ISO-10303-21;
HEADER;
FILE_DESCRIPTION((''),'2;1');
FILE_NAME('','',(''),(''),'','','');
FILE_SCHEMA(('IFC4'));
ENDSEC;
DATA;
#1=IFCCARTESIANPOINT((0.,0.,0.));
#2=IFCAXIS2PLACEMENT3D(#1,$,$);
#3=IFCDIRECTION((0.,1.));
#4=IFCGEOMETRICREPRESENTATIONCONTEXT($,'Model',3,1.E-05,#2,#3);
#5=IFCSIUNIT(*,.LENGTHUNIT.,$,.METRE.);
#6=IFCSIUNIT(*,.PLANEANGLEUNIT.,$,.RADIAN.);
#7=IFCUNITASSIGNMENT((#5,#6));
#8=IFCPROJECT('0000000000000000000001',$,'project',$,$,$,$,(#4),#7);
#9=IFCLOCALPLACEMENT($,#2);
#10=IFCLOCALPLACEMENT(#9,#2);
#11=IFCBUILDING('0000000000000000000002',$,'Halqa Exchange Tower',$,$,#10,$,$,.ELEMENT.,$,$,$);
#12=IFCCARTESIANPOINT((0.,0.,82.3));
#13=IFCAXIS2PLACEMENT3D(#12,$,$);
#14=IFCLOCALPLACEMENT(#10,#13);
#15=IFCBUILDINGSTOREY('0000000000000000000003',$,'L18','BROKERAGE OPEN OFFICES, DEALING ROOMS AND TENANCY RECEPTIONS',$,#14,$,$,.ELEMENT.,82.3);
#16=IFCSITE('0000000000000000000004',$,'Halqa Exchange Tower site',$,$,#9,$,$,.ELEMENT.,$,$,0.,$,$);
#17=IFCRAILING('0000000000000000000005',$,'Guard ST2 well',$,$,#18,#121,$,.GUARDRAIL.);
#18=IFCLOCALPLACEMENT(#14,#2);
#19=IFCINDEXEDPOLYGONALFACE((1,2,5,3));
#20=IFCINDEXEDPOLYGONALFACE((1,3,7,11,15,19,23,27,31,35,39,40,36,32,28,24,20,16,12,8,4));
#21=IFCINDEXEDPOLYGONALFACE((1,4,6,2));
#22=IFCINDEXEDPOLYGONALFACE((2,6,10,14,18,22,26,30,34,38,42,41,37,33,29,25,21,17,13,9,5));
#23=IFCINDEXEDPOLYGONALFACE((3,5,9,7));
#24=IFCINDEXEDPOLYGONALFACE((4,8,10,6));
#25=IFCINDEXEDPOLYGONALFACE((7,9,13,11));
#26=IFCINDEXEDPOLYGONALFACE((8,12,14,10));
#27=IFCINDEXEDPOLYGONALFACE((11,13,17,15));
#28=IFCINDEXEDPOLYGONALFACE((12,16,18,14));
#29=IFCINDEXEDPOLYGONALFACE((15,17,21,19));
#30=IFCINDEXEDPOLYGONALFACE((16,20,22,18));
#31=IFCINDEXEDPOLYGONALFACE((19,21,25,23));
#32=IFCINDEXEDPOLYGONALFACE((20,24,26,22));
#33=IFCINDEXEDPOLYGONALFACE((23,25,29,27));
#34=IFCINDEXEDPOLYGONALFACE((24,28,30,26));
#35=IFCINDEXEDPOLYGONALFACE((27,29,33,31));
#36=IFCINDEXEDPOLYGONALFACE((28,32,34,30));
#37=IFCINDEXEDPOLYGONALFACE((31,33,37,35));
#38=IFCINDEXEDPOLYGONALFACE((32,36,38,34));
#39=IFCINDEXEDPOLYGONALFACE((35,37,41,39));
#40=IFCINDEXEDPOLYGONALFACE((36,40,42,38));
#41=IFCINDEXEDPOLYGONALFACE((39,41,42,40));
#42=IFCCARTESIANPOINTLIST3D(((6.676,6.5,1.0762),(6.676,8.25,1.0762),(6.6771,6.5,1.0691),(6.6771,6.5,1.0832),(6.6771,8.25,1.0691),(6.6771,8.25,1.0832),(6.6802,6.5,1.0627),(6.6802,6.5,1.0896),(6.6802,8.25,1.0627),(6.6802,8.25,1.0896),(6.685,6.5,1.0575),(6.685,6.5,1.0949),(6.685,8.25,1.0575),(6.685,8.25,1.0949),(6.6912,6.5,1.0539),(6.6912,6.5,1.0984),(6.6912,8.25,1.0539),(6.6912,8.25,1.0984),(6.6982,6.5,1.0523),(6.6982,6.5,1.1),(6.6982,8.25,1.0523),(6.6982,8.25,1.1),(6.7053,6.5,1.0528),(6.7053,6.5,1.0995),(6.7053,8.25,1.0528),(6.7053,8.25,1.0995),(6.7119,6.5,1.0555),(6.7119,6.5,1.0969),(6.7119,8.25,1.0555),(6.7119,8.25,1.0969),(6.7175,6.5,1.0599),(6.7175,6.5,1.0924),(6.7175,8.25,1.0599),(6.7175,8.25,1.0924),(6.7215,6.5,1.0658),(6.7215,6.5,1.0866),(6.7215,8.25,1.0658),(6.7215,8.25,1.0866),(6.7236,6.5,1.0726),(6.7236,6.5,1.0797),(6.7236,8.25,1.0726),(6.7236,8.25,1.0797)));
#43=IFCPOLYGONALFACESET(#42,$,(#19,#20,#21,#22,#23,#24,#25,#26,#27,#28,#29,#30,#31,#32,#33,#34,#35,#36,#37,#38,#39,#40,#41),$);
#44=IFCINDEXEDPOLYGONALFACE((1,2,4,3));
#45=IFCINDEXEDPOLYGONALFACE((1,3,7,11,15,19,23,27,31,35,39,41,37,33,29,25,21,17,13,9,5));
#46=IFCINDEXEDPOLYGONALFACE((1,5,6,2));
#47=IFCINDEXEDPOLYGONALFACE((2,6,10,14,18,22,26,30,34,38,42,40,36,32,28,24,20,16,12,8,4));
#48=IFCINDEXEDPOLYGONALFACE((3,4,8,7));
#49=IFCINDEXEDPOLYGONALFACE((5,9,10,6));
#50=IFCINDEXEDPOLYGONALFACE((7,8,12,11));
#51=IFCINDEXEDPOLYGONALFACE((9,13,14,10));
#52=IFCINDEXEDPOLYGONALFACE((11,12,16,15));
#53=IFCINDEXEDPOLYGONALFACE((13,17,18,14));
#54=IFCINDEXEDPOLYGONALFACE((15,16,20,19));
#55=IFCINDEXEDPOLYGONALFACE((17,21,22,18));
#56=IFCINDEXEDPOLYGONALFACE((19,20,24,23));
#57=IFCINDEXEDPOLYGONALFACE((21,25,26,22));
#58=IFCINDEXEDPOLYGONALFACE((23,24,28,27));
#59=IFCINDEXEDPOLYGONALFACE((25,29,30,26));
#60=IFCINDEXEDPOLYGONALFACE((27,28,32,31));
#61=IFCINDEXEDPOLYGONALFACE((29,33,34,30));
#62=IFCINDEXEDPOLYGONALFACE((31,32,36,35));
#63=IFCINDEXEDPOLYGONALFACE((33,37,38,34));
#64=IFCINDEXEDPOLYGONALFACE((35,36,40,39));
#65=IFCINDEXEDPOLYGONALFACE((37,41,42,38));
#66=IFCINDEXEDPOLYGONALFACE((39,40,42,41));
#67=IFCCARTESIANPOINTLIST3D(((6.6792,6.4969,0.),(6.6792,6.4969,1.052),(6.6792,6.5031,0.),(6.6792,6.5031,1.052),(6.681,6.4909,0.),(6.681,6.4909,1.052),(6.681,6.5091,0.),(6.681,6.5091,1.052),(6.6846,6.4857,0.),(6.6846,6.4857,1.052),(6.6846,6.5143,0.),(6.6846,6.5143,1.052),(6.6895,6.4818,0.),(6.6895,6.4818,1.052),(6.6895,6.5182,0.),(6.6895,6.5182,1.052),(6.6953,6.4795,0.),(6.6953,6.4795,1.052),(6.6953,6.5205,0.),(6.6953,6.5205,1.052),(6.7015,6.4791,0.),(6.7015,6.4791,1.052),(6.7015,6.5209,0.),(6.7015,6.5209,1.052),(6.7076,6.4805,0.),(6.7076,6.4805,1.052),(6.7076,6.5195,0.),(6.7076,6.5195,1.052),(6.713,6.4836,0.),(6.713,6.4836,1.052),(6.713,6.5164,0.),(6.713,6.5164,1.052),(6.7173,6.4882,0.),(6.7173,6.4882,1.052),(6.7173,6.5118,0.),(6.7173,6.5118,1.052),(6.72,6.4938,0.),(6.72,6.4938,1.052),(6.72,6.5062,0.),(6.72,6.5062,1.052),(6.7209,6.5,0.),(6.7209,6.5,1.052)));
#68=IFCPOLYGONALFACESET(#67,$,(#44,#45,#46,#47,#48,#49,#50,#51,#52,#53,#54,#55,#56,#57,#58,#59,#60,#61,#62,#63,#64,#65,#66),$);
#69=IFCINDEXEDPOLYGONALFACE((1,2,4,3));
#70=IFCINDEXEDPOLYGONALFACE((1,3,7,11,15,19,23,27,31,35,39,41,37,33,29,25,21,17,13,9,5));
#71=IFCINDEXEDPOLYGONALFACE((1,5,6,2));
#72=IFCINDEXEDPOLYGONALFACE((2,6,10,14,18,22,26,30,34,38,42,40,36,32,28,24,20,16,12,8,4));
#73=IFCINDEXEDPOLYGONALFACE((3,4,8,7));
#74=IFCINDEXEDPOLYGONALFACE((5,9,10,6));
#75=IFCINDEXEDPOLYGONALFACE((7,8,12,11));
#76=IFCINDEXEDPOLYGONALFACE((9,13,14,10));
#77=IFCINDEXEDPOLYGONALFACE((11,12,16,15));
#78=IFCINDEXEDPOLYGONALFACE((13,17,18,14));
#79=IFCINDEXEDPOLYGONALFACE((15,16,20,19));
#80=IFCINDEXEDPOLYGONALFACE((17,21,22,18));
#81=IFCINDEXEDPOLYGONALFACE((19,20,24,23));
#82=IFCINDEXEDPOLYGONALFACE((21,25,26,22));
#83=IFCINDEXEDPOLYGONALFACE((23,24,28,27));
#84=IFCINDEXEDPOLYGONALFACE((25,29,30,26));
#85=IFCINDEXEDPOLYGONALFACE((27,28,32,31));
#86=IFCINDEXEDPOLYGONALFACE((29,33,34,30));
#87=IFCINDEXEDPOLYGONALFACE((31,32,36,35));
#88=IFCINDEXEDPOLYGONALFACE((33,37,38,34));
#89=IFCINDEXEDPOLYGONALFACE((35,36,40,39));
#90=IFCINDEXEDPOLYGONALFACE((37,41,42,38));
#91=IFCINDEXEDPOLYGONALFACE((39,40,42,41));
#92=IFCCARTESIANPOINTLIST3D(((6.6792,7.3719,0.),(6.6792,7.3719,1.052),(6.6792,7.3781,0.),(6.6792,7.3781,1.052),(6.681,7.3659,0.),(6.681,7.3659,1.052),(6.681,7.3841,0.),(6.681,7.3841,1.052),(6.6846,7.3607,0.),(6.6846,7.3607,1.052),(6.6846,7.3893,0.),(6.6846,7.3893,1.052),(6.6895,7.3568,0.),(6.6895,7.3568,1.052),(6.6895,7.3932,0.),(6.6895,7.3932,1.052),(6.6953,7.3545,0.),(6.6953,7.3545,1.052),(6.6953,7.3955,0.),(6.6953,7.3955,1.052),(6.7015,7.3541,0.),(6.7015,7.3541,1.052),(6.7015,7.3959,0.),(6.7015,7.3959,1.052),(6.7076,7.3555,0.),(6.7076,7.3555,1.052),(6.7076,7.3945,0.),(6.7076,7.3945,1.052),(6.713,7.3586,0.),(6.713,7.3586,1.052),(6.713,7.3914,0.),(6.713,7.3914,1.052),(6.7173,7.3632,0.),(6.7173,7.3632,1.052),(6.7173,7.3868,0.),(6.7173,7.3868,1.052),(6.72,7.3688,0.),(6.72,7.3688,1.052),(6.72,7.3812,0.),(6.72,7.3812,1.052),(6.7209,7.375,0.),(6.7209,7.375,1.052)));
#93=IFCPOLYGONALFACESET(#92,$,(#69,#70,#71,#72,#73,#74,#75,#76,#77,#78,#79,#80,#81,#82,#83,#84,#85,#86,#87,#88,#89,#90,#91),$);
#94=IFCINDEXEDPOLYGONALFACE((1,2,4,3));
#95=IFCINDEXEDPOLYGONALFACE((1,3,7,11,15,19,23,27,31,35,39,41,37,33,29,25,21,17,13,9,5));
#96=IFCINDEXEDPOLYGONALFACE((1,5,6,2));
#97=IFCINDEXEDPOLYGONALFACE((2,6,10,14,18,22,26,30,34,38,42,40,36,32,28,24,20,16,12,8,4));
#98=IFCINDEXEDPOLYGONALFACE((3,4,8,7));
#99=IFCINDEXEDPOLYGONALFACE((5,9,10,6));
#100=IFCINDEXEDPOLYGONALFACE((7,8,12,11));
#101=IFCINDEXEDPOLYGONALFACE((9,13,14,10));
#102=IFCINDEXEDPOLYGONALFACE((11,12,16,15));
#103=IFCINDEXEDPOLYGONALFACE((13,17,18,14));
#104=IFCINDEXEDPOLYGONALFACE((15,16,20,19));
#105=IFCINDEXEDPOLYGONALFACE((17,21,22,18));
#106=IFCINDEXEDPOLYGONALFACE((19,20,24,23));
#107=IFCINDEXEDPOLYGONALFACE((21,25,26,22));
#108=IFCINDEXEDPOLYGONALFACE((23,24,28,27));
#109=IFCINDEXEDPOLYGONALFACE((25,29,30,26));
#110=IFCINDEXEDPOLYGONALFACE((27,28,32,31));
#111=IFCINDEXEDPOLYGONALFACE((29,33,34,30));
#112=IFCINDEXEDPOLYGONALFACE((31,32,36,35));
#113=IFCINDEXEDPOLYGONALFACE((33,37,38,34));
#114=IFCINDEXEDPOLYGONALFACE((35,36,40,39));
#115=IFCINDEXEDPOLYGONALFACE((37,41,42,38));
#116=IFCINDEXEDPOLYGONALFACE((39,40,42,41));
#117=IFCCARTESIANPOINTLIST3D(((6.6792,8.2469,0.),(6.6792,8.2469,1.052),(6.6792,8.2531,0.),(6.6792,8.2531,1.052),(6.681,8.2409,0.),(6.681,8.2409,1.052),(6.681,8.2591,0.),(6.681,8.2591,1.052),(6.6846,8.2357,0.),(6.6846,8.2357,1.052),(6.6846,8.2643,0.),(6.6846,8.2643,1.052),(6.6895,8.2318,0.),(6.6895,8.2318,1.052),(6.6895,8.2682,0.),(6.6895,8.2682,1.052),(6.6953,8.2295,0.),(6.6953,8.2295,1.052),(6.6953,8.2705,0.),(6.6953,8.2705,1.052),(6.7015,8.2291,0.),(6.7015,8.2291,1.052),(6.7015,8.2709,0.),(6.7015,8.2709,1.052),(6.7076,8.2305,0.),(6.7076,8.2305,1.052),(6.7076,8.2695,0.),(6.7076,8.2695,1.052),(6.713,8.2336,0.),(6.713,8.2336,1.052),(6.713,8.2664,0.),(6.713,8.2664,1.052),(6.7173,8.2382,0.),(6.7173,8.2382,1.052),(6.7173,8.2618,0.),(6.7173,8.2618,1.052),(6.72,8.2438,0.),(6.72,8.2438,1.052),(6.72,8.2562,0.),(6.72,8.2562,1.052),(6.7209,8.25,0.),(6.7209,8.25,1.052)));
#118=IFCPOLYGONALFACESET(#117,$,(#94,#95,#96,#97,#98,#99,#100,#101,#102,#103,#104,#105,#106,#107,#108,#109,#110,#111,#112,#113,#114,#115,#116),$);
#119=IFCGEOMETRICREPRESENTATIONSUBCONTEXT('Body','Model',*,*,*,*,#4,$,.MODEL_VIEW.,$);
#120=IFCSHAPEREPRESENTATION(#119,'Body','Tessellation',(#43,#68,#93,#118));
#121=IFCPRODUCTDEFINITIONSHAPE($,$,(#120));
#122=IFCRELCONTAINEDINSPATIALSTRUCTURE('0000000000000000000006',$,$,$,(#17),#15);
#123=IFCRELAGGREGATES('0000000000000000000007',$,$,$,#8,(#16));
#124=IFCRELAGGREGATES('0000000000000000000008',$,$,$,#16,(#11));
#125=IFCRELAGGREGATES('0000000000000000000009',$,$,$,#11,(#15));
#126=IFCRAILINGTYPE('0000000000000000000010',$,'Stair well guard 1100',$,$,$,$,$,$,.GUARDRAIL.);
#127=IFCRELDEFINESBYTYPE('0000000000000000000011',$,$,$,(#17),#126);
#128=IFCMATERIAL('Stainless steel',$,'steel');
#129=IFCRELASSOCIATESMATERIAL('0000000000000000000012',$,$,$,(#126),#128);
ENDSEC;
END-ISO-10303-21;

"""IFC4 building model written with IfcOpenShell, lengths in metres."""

from ifc_helpers import new_model, si_unit, direction, frame, origin, origin_2d, place, context, subcontext, project, spatial, circle, extrude, material, type_object, element, save


model = new_model("IFC4")

# Units and contexts
model_context = context("Model", 3, precision=1e-05, world=origin(), true_north=direction((0.0, 1.0)))
body_context = subcontext(model_context, "Body", "Model", "MODEL_VIEW")
ifc_project = project(units=[si_unit("LENGTHUNIT", "METRE"), si_unit("PLANEANGLEUNIT", "RADIAN")], contexts=[model_context])

# Site, building, storey
site_placement = place(None, origin())
site = spatial("IfcSite", under=ifc_project, at=site_placement, Name="Halqa Exchange Tower site", CompositionType="ELEMENT", RefElevation=0.0)
building_placement = place(site_placement, origin())
building = spatial("IfcBuilding", under=site, at=building_placement, Name="Halqa Exchange Tower", CompositionType="ELEMENT")
storey_placement = place(building_placement, frame((0.0, 0.0, 82.3)))
storey = spatial("IfcBuildingStorey", under=building, at=storey_placement, Name="L18", Description="BROKERAGE OPEN OFFICES, DEALING ROOMS AND TENANCY RECEPTIONS", CompositionType="ELEMENT", Elevation=82.3)

# Railing
ifc_material_1 = material(Name="Stainless steel", Category="steel")
railing_type_1 = type_object("IfcRailingType", Name="Stair well guard 1100", PredefinedType="GUARDRAIL", material=ifc_material_1)
railing_1_placement = place(storey_placement, frame((6.7, 6.5, 0.0)))
element("IfcRailing", 1, at=railing_1_placement, inside=storey, type_object=railing_type_1, Name="Guard ST2 well", PredefinedType="GUARDRAIL", context=body_context, shape_type="SweptSolid", body=[
    extrude(circle(Radius=0.0239, at=origin_2d()), frame((0.0, 0.0, 1.0762), z_axis=(0.0, 1.0, 0.0), x_axis=(-1.0, 0.0, 0.0)), (0.0, 0.0, 1.0), 1.75),
    extrude(circle(Radius=0.021, at=origin_2d()), origin(), (0.0, 0.0, 1.0), 1.052),
    extrude(circle(Radius=0.021, at=origin_2d()), frame((0.0, 0.875, 0.0)), (0.0, 0.0, 1.0), 1.052),
    extrude(circle(Radius=0.021, at=origin_2d()), frame((0.0, 1.75, 0.0)), (0.0, 0.0, 1.0), 1.052),
])

save(model, "model.ifc")
